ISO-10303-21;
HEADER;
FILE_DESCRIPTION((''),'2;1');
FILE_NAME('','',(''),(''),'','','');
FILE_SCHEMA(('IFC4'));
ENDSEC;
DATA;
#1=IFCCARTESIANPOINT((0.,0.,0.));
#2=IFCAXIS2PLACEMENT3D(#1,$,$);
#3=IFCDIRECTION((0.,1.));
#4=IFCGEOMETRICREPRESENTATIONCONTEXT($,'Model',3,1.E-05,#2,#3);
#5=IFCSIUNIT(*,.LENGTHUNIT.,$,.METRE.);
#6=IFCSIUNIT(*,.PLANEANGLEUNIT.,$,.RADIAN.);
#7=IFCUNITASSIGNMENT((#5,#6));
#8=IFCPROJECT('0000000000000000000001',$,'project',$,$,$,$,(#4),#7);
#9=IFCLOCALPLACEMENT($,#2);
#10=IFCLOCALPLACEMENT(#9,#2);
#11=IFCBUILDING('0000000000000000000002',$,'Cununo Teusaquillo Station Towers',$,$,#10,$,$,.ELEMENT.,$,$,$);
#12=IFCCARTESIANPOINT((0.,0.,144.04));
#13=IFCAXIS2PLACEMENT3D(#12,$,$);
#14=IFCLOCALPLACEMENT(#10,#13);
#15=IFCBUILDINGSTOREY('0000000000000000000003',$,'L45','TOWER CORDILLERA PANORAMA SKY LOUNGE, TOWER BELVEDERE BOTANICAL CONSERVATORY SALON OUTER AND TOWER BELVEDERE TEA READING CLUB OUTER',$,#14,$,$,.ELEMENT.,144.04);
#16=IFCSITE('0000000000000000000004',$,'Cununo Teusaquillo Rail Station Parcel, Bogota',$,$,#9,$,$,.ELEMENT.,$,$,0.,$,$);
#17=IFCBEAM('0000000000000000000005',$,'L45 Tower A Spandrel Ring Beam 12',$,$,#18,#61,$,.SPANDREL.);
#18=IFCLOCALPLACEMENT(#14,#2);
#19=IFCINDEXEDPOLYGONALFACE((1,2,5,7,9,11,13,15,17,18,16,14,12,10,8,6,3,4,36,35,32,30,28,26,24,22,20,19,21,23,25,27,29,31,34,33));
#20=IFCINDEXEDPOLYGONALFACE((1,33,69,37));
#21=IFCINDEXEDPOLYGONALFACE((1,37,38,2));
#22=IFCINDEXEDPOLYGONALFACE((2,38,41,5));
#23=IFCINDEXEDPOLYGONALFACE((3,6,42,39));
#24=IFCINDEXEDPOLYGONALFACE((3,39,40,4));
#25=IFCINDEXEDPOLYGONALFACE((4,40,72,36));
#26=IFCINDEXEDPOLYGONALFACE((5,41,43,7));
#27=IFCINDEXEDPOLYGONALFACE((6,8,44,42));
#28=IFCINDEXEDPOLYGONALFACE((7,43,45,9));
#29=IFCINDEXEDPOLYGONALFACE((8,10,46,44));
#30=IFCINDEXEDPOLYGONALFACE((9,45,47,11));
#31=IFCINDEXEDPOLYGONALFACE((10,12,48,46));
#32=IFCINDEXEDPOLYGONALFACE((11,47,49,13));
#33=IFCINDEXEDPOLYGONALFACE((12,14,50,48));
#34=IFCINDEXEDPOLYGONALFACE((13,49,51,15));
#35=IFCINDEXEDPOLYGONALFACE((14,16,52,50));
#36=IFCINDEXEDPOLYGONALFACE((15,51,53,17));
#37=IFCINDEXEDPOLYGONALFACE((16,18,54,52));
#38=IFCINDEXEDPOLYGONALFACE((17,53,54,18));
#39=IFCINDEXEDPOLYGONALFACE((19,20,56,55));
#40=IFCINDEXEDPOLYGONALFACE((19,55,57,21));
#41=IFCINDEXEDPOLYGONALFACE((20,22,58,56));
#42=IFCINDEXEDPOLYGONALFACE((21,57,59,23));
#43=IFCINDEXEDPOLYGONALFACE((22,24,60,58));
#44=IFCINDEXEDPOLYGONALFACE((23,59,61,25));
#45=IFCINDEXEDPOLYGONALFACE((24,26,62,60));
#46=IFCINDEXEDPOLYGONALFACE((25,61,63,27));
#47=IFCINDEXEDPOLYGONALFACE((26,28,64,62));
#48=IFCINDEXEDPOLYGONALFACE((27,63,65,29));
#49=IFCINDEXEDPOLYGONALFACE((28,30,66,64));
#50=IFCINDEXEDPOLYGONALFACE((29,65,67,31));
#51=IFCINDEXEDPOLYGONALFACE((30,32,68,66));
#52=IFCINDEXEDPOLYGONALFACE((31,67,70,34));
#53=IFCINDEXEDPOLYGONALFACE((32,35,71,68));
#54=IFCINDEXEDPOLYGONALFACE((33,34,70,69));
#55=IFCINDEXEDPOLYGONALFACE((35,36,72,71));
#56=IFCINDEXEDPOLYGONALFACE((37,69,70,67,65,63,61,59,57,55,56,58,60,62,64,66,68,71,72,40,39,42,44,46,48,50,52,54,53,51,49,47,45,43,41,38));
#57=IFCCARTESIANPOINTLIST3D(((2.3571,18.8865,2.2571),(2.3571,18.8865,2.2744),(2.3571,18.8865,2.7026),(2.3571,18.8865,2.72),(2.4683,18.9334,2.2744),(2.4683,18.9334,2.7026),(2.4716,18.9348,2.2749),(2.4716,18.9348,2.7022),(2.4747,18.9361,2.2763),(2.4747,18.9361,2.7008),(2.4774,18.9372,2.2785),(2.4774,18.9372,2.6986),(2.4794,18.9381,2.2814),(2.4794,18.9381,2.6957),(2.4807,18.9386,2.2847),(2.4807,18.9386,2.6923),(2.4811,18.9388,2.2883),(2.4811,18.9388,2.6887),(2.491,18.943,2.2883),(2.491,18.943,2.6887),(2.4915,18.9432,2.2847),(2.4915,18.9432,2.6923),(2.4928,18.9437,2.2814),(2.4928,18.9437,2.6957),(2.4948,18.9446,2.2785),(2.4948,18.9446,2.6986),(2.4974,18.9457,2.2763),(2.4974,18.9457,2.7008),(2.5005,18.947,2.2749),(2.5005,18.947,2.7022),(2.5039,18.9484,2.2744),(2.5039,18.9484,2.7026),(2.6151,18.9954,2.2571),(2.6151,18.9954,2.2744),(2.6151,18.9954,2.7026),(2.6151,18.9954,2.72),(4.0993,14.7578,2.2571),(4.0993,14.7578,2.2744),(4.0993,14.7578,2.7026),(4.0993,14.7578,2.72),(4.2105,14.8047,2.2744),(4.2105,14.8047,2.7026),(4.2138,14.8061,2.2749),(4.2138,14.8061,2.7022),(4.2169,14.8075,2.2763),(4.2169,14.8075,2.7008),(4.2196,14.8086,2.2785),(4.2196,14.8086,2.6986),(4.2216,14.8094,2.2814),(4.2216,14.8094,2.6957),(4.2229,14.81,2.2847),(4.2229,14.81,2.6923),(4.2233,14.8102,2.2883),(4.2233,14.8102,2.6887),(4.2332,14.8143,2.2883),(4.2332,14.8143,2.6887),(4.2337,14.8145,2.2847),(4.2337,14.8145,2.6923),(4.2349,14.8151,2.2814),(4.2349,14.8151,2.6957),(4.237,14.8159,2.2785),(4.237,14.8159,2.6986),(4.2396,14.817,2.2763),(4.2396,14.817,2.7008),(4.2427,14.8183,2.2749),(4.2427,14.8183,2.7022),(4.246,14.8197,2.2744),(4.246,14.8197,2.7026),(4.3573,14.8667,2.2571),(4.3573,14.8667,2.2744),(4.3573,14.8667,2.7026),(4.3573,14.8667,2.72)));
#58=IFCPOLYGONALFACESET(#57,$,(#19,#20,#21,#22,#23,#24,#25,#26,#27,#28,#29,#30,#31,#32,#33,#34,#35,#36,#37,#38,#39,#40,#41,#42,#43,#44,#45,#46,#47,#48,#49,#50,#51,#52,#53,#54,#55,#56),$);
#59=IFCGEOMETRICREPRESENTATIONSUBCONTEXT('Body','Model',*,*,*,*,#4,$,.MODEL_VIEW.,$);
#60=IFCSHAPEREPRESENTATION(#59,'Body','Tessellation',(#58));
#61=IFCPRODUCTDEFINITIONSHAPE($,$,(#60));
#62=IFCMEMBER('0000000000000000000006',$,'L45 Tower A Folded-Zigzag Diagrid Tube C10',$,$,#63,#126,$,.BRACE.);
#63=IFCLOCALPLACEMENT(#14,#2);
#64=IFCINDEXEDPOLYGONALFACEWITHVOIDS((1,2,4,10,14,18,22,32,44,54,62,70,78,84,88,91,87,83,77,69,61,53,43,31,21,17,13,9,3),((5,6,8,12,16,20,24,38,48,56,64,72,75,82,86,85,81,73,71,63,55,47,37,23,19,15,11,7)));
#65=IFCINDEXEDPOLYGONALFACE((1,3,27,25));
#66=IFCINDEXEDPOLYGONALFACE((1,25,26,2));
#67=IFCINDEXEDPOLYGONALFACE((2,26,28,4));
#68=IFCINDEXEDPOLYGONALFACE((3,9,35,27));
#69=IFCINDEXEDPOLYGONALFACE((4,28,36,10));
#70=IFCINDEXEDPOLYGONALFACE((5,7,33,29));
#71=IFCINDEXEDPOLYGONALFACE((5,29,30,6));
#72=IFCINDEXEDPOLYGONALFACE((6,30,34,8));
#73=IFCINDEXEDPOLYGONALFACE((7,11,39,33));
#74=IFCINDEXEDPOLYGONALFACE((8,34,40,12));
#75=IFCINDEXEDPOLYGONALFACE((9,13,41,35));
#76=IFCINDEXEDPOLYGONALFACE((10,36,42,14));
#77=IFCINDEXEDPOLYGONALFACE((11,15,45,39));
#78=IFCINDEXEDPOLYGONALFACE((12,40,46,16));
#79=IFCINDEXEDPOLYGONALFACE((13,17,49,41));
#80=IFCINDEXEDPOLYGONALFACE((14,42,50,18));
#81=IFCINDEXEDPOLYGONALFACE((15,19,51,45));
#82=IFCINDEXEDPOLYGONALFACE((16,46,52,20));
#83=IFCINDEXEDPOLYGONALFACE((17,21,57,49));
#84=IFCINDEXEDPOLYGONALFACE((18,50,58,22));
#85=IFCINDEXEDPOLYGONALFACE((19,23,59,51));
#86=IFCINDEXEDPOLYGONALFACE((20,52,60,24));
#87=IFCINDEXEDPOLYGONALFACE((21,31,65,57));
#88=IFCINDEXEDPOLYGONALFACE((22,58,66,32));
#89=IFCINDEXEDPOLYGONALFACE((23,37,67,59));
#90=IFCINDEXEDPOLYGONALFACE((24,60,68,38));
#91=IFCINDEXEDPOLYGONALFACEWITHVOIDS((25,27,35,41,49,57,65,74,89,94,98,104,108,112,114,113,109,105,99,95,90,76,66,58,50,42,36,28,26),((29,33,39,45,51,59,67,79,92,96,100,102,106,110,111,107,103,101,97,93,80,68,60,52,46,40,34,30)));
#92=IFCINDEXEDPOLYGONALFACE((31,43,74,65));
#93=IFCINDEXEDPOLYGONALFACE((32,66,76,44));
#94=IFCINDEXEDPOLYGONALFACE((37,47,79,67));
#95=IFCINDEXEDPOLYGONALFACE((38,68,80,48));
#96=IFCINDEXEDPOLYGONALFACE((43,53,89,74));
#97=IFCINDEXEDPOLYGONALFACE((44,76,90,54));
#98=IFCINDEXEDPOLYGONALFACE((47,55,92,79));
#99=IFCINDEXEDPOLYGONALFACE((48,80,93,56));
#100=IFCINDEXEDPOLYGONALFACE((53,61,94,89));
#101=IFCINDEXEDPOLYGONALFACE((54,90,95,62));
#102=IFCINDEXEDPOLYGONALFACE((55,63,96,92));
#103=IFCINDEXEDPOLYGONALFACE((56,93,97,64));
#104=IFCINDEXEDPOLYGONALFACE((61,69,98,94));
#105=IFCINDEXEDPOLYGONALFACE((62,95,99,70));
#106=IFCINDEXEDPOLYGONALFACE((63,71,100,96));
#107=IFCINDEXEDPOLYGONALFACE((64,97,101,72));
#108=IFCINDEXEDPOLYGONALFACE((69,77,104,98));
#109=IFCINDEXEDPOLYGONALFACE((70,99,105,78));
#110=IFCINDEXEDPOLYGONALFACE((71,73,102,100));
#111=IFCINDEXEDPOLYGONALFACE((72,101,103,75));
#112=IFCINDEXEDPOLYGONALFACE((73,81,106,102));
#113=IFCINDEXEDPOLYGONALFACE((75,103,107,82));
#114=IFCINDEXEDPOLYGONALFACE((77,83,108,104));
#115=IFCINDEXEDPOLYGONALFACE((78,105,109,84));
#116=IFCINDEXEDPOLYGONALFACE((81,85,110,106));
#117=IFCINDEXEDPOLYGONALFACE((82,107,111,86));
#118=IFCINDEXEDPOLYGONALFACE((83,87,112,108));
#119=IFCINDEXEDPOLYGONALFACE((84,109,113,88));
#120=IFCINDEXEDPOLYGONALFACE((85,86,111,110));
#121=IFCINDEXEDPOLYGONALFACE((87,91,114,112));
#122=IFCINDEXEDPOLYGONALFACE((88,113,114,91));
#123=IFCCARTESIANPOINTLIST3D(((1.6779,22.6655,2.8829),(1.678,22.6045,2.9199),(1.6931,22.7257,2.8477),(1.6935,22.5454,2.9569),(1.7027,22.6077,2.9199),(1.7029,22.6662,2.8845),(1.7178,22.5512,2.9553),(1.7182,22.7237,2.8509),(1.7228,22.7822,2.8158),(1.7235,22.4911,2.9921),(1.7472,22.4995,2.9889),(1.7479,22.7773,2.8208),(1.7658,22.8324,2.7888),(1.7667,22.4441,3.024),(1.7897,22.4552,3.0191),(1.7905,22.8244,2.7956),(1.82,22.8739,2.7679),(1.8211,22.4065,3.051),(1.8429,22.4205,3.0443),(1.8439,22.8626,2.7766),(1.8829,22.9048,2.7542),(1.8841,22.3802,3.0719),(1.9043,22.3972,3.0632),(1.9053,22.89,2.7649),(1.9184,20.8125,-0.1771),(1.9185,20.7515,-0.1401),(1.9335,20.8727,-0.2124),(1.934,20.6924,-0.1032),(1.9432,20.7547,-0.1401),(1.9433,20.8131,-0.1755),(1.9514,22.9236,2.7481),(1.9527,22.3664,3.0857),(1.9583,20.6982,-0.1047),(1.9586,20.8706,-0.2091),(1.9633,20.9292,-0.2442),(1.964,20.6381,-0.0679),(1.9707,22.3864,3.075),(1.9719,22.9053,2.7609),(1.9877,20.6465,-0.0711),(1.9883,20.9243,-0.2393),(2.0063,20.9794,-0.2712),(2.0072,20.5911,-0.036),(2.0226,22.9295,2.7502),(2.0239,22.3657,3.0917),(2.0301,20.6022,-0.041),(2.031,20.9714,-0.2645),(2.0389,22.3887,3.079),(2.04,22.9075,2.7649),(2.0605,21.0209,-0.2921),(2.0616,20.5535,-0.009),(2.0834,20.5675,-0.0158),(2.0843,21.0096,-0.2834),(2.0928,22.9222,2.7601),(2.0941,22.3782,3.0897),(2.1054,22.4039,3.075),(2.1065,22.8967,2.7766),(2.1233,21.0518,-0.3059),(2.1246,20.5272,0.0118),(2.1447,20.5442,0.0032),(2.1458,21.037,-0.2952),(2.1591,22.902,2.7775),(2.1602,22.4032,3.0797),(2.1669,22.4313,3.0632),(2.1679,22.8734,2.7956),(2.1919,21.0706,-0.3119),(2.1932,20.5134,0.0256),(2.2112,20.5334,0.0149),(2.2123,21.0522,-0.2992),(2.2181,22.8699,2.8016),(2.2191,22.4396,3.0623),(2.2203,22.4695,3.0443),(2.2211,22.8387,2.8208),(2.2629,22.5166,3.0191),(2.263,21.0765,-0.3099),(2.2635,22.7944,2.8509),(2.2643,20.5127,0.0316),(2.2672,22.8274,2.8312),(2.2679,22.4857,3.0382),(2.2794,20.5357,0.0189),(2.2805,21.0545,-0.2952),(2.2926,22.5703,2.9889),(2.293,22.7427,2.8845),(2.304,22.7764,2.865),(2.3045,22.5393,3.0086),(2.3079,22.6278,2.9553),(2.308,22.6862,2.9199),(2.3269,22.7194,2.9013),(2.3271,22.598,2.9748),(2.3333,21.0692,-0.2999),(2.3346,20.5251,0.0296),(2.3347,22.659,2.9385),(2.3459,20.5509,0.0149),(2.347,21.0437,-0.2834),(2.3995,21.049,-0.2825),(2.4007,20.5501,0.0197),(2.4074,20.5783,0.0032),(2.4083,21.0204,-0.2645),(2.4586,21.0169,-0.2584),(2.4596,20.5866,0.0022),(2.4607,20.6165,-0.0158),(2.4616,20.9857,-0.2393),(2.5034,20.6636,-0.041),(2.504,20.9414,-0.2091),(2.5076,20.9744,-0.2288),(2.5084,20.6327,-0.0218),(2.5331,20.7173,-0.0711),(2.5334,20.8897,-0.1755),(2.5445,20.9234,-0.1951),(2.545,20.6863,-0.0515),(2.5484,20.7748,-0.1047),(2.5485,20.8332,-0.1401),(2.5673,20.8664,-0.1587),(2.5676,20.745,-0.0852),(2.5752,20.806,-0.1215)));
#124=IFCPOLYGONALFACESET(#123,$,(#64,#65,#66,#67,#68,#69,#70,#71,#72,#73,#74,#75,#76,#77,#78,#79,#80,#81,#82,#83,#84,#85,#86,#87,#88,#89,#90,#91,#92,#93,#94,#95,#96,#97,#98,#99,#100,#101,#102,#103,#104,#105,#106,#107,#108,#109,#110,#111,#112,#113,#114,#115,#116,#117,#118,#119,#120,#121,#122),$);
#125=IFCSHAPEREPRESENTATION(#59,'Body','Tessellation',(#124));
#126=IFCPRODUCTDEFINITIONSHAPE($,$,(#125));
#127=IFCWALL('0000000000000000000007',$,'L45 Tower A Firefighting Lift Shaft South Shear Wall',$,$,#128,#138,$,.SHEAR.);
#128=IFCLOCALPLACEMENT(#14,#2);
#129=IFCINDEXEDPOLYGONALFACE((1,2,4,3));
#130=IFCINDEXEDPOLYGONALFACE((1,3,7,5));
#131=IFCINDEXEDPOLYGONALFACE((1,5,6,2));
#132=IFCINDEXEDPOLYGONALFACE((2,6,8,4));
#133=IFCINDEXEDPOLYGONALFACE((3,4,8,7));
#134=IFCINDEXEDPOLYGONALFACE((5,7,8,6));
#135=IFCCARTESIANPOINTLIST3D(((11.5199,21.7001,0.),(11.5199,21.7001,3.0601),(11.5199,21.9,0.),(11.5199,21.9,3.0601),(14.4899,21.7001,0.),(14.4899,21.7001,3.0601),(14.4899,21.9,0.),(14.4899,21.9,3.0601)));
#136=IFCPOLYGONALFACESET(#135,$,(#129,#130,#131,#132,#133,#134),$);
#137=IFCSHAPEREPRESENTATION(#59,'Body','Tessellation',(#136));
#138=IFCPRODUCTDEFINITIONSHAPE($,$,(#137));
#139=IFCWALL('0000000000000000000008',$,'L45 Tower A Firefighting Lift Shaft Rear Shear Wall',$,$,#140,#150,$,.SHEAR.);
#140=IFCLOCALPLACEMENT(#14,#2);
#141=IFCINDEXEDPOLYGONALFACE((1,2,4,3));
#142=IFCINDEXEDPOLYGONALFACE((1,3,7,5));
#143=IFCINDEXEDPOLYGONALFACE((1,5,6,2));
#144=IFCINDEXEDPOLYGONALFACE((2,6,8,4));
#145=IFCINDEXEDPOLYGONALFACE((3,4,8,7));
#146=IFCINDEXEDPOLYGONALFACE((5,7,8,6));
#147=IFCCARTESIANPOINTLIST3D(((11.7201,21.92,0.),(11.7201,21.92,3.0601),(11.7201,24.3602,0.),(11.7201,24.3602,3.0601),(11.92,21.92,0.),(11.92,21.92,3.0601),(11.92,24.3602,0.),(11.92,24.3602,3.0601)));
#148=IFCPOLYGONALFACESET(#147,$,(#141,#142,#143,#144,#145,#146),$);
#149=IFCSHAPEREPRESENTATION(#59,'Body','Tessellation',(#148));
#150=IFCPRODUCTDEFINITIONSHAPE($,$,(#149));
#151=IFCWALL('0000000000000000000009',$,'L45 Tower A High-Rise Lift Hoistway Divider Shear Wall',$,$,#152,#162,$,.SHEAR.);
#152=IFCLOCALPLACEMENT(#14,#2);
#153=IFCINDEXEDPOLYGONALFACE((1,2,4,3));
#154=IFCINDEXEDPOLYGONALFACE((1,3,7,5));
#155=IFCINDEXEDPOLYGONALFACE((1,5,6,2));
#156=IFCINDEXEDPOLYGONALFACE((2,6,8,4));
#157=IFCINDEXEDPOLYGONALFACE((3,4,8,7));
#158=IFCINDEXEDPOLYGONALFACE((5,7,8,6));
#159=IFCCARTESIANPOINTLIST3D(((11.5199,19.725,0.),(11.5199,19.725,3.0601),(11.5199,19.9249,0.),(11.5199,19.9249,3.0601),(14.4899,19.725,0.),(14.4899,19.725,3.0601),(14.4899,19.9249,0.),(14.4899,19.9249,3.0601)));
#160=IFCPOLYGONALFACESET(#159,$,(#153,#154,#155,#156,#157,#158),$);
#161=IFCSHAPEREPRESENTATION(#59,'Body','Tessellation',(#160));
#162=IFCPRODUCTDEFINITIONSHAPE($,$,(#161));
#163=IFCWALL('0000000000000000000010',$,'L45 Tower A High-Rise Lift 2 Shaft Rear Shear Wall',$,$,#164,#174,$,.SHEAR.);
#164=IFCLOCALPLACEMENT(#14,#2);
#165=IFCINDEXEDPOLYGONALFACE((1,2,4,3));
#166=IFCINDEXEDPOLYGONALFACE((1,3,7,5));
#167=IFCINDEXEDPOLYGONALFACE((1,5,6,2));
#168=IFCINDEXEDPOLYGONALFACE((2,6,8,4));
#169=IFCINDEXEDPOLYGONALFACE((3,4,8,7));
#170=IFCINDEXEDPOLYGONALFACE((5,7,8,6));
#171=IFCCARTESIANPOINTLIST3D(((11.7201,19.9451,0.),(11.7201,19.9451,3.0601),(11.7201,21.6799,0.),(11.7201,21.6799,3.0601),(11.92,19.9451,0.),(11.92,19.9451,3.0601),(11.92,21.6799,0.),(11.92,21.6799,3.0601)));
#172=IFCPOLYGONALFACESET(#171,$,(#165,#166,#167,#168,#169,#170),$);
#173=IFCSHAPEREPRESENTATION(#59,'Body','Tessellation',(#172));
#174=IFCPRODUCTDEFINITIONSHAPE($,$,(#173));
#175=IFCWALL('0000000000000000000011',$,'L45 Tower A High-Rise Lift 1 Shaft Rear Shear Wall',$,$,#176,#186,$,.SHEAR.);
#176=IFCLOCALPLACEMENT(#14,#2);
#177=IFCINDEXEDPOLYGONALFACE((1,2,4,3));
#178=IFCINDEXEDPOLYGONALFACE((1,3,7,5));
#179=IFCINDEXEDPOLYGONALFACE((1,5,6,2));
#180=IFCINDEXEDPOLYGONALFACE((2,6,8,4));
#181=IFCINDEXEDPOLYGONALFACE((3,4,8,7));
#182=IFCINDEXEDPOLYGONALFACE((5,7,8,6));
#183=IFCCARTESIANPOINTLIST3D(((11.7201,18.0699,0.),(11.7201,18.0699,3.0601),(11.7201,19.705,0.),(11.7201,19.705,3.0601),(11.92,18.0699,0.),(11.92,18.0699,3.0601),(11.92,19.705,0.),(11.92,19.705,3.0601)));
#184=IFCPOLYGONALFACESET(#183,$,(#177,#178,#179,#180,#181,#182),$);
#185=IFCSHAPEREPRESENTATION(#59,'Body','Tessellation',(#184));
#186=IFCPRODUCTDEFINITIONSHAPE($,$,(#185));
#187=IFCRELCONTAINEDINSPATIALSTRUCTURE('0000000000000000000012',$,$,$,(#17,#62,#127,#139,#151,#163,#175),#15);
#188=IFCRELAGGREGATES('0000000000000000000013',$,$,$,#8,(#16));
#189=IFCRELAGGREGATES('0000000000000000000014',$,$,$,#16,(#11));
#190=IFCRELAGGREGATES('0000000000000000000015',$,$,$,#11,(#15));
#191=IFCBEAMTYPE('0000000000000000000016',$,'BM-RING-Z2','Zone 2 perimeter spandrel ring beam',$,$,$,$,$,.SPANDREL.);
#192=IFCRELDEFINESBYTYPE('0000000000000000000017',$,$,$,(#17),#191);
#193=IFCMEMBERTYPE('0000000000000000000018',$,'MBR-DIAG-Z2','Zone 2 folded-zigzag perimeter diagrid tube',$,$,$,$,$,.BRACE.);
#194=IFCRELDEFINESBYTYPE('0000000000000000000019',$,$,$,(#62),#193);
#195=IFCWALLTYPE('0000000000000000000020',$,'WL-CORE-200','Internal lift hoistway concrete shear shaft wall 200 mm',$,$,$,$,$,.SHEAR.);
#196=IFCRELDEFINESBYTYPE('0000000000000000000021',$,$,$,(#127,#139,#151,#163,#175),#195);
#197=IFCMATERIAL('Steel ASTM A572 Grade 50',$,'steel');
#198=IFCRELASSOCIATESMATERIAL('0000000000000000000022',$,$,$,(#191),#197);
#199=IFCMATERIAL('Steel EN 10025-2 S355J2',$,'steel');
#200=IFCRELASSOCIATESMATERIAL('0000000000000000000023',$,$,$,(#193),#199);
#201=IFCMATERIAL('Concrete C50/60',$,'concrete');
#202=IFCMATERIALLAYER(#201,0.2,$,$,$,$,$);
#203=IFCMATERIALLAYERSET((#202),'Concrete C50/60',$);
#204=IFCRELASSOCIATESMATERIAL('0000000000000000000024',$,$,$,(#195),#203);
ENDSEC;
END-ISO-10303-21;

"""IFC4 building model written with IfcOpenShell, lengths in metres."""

from ifc_helpers import new_model, si_unit, direction, frame, frame_2d, origin, origin_2d, place, context, subcontext, project, spatial, rectangle, hollow_circle, i_section, extrude, material, layer, layer_set, material_profile, profile_set, type_object, element, save


model = new_model("IFC4")

# Units and contexts
model_context = context("Model", 3, precision=1e-05, world=origin(), true_north=direction((0.0, 1.0)))
body_context = subcontext(model_context, "Body", "Model", "MODEL_VIEW")
ifc_project = project(units=[si_unit("LENGTHUNIT", "METRE"), si_unit("PLANEANGLEUNIT", "RADIAN")], contexts=[model_context])

# Site, building, storey
site_placement = place(None, origin())
site = spatial("IfcSite", under=ifc_project, at=site_placement, Name="Cununo Teusaquillo Rail Station Parcel, Bogota", CompositionType="ELEMENT", RefElevation=0.0)
building_placement = place(site_placement, origin())
building = spatial("IfcBuilding", under=site, at=building_placement, Name="Cununo Teusaquillo Station Towers", CompositionType="ELEMENT")
storey_placement = place(building_placement, frame((0.0, 0.0, 144.04)))
storey = spatial("IfcBuildingStorey", under=building, at=storey_placement, Name="L45", Description="TOWER CORDILLERA PANORAMA SKY LOUNGE, TOWER BELVEDERE BOTANICAL CONSERVATORY SALON OUTER AND TOWER BELVEDERE TEA READING CLUB OUTER", CompositionType="ELEMENT", Elevation=144.04)

# Beam
ifc_material_1 = material(Name="Steel ASTM A572 Grade 50", Category="steel")
ifc_material_profile_1 = material_profile(ifc_material_1, i_section(OverallWidth=0.28, OverallDepth=0.4629, WebThickness=0.0107, FlangeThickness=0.0173, FilletRadius=0.0139, at=origin_2d()), Name="W18X76")
ifc_profile_set_1 = profile_set([ifc_material_profile_1], Name="Steel ASTM A572 Grade 50")
beam_type_1 = type_object("IfcBeamType", Name="BM-RING-Z2", Description="Zone 2 perimeter spandrel ring beam", PredefinedType="SPANDREL", material=ifc_profile_set_1)
beam_1_placement = place(storey_placement, frame((2.4861, 18.9409, 2.4885), z_axis=(0.388778, -0.921332, 0.0), x_axis=(0.921332, 0.388778, 0.0)))
element("IfcBeam", 1, at=beam_1_placement, inside=storey, type_object=beam_type_1, Name="L45 Tower A Spandrel Ring Beam 12", PredefinedType="SPANDREL", context=body_context, shape_type="SweptSolid", body=[
    extrude(i_section(OverallWidth=0.28, OverallDepth=0.4629, WebThickness=0.0107, FlangeThickness=0.0173, FilletRadius=0.0139, at=origin_2d()), origin(), (0.0, 0.0, 1.0), 4.4812),
])

# Member
ifc_material_2 = material(Name="Steel EN 10025-2 S355J2", Category="steel")
ifc_material_profile_2 = material_profile(ifc_material_2, hollow_circle(Radius=0.3301, WallThickness=0.0249, at=origin_2d()), Name="CHS 660x25")
ifc_profile_set_2 = profile_set([ifc_material_profile_2], Name="Steel EN 10025-2 S355J2")
member_type = type_object("IfcMemberType", Name="MBR-DIAG-Z2", Description="Zone 2 folded-zigzag perimeter diagrid tube", PredefinedType="BRACE", material=ifc_profile_set_2)
member_placement = place(storey_placement, frame((2.2458, 20.7939, -0.1401), z_axis=(-0.067071, 0.516818, 0.853464), x_axis=(-0.991684, -0.128697, 0.0)))
element("IfcMember", 2, at=member_placement, inside=storey, type_object=member_type, Name="L45 Tower A Folded-Zigzag Diagrid Tube C10", PredefinedType="BRACE", context=body_context, shape_type="SweptSolid", body=[
    extrude(hollow_circle(Radius=0.3301, WallThickness=0.0249, at=origin_2d()), origin(), (0.0, 0.0, 1.0), 3.5854),
])

# Walls
ifc_material_3 = material(Name="Concrete C50/60", Category="concrete")
ifc_layer_1 = layer(ifc_material_3, 0.2)
ifc_layer_set_1 = layer_set([ifc_layer_1], Name="Concrete C50/60")
wall_type_1 = type_object("IfcWallType", Name="WL-CORE-200", Description="Internal lift hoistway concrete shear shaft wall 200 mm", PredefinedType="SHEAR", material=ifc_layer_set_1)
wall_1_placement = place(storey_placement, frame((11.52, 21.8, 0.0), z_axis=(0.0, 0.0, 1.0), x_axis=(1.0, 0.0, 0.0)))
element("IfcWall", 3, at=wall_1_placement, inside=storey, type_object=wall_type_1, Name="L45 Tower A Firefighting Lift Shaft South Shear Wall", PredefinedType="SHEAR", context=body_context, shape_type="SweptSolid", body=[
    extrude(rectangle(XDim=2.97, YDim=0.2, at=frame_2d((1.4849, 0.0))), origin(), (0.0, 0.0, 1.0), 3.0601),
])
wall_2_placement = place(storey_placement, frame((11.8201, 21.9199, 0.0), z_axis=(0.0, 0.0, 1.0), x_axis=(0.0, 1.0, 0.0)))
element("IfcWall", 4, at=wall_2_placement, inside=storey, type_object=wall_type_1, Name="L45 Tower A Firefighting Lift Shaft Rear Shear Wall", PredefinedType="SHEAR", context=body_context, shape_type="SweptSolid", body=[
    extrude(rectangle(XDim=2.4402, YDim=0.2, at=frame_2d((1.2202, 0.0))), origin(), (0.0, 0.0, 1.0), 3.0601),
])
wall_3_placement = place(storey_placement, frame((11.52, 19.825, 0.0), z_axis=(0.0, 0.0, 1.0), x_axis=(1.0, 0.0, 0.0)))
element("IfcWall", 5, at=wall_3_placement, inside=storey, type_object=wall_type_1, Name="L45 Tower A High-Rise Lift Hoistway Divider Shear Wall", PredefinedType="SHEAR", context=body_context, shape_type="SweptSolid", body=[
    extrude(rectangle(XDim=2.97, YDim=0.2, at=frame_2d((1.4849, 0.0))), origin(), (0.0, 0.0, 1.0), 3.0601),
])
wall_4_placement = place(storey_placement, frame((11.8201, 19.9451, 0.0), z_axis=(0.0, 0.0, 1.0), x_axis=(0.0, 1.0, 0.0)))
element("IfcWall", 6, at=wall_4_placement, inside=storey, type_object=wall_type_1, Name="L45 Tower A High-Rise Lift 2 Shaft Rear Shear Wall", PredefinedType="SHEAR", context=body_context, shape_type="SweptSolid", body=[
    extrude(rectangle(XDim=1.7349, YDim=0.2, at=frame_2d((0.8674, 0.0))), origin(), (0.0, 0.0, 1.0), 3.0601),
])
wall_5_placement = place(storey_placement, frame((11.8201, 18.0701, 0.0), z_axis=(0.0, 0.0, 1.0), x_axis=(0.0, 1.0, 0.0)))
element("IfcWall", 7, at=wall_5_placement, inside=storey, type_object=wall_type_1, Name="L45 Tower A High-Rise Lift 1 Shaft Rear Shear Wall", PredefinedType="SHEAR", context=body_context, shape_type="SweptSolid", body=[
    extrude(rectangle(XDim=1.635, YDim=0.2, at=frame_2d((0.8174, 0.0))), origin(), (0.0, 0.0, 1.0), 3.0601),
])

save(model, "model.ifc")
